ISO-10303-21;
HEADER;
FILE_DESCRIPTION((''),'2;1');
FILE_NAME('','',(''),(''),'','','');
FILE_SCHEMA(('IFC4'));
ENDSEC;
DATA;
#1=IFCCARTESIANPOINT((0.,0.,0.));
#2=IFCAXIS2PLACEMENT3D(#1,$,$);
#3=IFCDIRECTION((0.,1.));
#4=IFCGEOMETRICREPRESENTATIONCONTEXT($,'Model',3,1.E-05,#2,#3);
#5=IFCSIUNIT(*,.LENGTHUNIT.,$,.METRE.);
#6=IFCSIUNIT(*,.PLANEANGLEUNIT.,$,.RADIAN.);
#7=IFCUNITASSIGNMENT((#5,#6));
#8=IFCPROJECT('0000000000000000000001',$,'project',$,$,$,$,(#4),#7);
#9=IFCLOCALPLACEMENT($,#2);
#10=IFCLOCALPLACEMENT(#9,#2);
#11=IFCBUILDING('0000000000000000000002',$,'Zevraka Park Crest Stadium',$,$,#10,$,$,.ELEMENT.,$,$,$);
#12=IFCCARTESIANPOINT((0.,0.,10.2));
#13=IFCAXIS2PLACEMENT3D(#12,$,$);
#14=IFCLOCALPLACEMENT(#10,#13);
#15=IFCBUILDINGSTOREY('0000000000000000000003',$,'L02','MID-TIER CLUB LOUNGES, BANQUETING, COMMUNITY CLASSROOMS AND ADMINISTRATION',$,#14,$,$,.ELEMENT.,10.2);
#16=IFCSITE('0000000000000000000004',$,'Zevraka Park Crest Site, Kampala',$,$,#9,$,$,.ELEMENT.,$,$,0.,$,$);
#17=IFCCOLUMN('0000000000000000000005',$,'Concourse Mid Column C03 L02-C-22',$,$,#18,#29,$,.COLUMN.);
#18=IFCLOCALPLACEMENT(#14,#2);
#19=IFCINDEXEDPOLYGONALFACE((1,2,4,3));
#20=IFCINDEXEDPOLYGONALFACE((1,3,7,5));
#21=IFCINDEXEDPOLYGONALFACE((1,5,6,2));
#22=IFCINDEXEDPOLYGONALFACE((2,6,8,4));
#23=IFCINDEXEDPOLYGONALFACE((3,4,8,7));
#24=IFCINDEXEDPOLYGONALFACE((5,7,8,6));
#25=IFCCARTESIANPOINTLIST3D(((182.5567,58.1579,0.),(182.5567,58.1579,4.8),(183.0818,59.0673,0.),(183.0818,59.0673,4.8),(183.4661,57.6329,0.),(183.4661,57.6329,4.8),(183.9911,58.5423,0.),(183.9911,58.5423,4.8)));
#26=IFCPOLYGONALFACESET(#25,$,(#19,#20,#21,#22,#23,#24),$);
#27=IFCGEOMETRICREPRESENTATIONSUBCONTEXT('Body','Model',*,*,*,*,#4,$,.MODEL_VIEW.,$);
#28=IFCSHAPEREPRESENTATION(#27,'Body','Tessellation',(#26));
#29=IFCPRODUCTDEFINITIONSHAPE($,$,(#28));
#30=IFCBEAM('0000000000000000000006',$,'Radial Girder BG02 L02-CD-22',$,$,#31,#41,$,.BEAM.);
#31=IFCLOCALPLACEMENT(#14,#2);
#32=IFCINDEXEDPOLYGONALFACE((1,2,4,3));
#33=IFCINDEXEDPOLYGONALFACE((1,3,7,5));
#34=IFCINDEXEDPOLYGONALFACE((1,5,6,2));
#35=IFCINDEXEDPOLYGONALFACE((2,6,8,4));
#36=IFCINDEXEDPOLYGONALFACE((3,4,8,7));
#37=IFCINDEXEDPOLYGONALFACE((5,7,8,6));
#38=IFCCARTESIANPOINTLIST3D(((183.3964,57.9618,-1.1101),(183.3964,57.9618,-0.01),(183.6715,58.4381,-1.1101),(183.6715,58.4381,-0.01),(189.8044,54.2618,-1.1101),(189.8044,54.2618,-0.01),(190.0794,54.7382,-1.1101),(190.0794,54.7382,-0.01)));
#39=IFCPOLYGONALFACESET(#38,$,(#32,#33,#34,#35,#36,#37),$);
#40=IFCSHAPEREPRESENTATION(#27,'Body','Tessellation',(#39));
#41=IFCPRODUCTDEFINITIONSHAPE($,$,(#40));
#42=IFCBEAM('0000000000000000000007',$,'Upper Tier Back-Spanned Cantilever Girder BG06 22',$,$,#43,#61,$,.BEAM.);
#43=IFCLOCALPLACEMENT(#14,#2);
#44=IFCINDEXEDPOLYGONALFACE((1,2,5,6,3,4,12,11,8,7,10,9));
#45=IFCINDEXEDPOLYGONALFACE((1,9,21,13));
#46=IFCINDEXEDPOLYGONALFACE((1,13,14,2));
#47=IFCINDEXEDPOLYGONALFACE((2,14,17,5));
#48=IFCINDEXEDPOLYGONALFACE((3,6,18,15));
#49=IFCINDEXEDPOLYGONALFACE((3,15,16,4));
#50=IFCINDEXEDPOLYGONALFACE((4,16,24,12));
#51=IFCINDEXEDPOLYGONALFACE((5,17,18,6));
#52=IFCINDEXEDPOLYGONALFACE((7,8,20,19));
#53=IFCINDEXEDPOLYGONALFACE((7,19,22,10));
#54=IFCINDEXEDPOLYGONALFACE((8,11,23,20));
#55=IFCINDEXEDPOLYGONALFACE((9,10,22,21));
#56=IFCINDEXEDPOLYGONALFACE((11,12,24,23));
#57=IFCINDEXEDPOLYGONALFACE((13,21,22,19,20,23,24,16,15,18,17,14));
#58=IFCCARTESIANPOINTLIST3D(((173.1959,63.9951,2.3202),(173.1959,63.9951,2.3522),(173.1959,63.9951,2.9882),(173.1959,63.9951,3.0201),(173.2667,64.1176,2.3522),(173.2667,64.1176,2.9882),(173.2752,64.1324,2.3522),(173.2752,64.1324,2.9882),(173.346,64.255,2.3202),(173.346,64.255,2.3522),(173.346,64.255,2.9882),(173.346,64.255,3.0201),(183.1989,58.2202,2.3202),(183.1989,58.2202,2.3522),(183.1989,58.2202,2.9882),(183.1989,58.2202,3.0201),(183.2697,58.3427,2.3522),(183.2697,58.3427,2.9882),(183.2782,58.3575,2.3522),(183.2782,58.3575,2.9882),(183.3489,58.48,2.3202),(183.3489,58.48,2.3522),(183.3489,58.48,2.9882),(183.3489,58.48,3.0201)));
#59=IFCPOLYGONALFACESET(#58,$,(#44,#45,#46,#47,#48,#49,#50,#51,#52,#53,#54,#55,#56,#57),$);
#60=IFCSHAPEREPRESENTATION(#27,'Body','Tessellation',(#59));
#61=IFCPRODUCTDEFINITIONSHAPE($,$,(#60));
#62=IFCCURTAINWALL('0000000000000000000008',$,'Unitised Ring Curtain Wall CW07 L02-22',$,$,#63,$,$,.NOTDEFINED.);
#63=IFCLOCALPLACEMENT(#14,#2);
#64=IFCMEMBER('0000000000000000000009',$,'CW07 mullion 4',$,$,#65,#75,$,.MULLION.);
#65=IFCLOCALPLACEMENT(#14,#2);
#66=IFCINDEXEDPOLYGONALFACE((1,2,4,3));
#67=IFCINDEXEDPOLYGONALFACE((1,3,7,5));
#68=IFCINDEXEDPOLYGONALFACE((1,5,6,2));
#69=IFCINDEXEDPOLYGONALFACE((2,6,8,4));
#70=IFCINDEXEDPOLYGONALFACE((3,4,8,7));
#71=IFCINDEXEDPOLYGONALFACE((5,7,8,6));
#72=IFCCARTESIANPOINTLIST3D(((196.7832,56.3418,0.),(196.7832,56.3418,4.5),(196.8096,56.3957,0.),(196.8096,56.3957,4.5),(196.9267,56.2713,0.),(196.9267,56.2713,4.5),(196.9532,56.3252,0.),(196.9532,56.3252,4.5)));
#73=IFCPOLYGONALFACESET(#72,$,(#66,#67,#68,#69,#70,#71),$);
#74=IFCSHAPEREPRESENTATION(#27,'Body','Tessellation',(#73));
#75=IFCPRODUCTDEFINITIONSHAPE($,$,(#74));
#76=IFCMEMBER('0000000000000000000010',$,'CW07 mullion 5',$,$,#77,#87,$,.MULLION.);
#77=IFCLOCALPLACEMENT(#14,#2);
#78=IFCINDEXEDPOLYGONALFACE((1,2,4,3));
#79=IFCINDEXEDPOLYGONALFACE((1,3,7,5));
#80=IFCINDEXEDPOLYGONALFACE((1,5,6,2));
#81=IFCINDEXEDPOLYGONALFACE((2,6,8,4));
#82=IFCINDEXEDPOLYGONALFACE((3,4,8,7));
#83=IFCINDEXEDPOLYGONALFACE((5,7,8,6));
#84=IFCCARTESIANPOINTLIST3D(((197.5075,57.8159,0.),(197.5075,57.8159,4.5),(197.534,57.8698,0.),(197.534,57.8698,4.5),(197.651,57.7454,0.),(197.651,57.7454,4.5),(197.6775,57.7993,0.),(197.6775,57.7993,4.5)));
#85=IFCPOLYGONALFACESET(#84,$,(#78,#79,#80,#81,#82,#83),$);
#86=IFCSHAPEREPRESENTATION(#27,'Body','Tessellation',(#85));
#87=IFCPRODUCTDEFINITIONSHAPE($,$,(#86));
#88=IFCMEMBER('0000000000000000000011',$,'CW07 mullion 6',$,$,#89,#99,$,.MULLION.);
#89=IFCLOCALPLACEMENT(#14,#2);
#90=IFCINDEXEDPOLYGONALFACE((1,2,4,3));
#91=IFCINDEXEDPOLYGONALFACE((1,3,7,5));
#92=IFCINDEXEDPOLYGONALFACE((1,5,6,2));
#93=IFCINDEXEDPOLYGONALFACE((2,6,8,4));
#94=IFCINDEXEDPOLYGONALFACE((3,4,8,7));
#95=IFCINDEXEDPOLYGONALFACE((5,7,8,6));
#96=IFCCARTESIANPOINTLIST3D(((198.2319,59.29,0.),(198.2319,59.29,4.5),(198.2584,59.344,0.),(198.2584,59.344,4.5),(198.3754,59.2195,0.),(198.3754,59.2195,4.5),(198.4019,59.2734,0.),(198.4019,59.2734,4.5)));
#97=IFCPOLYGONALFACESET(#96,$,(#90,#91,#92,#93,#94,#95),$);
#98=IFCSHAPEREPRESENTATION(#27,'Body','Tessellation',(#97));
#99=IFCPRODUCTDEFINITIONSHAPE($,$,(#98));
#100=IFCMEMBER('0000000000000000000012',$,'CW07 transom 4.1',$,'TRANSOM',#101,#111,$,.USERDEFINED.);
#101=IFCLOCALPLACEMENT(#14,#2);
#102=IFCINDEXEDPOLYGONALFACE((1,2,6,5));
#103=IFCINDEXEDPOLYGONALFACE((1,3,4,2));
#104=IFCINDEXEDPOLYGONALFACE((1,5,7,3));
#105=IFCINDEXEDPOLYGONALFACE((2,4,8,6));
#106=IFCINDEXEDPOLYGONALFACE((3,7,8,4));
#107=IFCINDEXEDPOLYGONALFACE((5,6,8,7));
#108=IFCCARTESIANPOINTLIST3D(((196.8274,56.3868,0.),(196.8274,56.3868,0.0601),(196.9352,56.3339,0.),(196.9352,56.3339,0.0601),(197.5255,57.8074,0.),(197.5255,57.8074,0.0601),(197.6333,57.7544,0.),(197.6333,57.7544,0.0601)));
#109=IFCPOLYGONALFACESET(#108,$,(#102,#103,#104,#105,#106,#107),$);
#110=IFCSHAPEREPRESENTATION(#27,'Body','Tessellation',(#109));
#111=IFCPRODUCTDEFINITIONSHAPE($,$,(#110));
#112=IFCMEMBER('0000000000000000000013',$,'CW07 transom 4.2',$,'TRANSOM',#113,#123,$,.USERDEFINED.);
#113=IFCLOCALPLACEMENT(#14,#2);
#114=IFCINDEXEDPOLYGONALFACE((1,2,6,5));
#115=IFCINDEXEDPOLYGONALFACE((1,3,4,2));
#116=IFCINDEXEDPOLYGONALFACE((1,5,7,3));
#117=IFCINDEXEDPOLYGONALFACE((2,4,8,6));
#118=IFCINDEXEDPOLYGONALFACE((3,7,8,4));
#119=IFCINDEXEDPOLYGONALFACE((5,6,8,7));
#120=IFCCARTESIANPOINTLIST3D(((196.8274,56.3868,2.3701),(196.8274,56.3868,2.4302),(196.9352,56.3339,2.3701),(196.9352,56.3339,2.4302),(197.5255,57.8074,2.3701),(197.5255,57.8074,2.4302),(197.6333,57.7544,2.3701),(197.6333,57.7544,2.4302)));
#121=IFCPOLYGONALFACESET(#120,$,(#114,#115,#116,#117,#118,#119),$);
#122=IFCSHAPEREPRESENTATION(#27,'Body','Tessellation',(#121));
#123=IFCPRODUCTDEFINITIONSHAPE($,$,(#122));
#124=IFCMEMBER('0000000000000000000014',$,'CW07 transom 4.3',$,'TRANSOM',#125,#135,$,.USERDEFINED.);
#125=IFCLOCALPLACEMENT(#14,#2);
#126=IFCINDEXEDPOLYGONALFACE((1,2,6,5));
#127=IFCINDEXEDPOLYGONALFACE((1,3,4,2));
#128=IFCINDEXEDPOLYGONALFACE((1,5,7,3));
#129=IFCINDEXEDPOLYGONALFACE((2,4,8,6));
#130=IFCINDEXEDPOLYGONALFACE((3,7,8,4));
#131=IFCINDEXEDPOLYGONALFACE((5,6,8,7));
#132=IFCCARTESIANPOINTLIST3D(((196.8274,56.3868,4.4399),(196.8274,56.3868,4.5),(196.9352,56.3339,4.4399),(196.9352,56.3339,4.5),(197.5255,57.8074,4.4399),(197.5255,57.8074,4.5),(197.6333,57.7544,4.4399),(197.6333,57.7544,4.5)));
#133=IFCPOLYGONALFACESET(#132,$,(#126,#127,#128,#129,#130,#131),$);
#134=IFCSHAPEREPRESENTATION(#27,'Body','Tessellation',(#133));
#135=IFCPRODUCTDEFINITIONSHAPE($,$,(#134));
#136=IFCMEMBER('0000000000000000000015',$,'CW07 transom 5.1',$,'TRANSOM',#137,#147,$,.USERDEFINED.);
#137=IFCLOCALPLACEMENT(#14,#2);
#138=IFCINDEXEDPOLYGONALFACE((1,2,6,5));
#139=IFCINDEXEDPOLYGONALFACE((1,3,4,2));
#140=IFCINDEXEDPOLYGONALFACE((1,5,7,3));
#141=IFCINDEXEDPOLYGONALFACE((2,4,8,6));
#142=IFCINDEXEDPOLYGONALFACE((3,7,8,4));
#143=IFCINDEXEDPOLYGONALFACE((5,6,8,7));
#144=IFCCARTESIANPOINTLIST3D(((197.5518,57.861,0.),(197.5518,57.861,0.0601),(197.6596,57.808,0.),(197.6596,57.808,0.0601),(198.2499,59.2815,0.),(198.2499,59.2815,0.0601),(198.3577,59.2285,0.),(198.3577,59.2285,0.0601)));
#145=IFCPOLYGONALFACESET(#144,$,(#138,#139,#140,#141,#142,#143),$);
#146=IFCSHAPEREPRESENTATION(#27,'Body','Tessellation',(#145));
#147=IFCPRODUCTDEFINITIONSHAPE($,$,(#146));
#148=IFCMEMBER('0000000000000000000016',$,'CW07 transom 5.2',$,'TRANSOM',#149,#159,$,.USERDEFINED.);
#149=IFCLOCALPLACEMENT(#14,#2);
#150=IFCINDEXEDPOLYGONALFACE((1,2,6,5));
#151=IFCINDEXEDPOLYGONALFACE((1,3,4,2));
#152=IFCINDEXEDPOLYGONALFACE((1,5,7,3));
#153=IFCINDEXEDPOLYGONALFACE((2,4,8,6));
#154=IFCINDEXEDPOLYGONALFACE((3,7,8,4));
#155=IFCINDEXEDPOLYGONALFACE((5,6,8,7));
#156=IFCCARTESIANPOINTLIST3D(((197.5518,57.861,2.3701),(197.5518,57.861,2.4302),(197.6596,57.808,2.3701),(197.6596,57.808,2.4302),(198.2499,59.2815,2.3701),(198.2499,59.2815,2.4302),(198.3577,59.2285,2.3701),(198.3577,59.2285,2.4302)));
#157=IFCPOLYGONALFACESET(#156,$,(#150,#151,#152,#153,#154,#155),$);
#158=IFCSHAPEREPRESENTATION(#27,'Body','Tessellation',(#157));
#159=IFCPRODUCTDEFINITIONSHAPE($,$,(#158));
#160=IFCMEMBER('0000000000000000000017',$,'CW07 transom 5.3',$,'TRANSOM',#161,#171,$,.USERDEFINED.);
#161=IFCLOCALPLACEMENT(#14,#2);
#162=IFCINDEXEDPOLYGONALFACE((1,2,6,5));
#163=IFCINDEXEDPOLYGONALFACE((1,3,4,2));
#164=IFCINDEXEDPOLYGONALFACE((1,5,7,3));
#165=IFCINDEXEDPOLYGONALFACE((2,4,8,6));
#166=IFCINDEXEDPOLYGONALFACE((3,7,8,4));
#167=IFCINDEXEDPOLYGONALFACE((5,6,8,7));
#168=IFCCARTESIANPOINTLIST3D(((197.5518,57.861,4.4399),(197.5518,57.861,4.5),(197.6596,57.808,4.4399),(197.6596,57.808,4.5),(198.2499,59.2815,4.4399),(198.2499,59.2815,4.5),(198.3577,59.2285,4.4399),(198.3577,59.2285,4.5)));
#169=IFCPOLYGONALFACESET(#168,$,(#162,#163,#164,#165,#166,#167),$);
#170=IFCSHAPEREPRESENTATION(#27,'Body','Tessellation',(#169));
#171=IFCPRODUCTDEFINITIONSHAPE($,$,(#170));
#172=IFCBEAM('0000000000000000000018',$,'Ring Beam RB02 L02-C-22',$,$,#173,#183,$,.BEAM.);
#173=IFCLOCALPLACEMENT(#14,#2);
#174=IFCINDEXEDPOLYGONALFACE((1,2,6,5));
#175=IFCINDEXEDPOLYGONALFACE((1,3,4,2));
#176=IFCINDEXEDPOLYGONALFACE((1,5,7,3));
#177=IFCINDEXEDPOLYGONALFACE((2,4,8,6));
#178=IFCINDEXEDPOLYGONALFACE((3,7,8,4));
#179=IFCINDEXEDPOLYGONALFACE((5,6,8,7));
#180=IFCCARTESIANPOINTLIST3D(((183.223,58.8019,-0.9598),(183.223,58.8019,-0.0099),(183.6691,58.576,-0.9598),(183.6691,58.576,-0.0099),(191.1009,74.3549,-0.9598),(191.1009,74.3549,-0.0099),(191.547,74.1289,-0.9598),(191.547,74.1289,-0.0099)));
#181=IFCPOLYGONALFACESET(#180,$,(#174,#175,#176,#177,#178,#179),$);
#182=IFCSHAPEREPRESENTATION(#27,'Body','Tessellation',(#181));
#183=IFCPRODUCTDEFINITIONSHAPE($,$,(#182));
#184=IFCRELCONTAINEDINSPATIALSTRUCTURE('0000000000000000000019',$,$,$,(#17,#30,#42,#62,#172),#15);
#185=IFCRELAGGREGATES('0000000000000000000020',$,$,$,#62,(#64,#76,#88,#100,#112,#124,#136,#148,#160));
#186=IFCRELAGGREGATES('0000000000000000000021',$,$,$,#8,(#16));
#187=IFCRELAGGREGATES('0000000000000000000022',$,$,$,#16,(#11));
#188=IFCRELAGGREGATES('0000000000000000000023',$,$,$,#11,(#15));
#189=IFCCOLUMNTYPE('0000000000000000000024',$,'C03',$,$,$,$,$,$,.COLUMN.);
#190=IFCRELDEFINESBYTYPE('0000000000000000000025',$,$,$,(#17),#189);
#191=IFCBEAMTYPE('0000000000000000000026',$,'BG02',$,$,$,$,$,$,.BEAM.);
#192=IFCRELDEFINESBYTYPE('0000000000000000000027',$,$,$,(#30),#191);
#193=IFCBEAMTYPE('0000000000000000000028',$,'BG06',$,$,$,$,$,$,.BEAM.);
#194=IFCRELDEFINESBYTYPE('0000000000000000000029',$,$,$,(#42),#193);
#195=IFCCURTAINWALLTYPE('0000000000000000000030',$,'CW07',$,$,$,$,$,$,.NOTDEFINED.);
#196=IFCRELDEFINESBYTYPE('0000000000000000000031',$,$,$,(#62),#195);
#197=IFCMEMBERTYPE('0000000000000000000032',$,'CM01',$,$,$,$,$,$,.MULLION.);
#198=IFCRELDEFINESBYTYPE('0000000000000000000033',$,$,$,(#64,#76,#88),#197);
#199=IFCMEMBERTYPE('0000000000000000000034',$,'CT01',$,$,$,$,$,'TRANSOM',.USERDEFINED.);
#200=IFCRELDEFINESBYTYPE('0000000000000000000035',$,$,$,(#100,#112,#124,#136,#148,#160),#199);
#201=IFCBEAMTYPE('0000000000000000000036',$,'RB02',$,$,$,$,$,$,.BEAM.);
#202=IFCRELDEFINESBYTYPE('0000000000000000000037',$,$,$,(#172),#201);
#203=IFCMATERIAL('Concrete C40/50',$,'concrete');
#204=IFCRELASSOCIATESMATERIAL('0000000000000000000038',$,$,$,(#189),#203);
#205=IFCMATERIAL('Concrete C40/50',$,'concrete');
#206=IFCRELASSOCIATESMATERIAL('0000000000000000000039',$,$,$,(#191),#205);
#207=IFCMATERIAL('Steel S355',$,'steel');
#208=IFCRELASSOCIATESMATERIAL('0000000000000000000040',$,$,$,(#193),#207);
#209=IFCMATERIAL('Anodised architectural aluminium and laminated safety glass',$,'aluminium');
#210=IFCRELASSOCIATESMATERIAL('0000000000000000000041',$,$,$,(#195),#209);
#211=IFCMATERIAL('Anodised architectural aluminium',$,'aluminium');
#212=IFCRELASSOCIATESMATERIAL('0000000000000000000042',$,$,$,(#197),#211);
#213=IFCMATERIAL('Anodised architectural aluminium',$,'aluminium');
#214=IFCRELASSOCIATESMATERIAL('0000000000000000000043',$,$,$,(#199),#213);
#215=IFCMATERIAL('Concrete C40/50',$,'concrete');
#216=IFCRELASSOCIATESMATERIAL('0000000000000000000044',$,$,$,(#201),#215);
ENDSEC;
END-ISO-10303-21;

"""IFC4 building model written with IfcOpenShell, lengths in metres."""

from ifc_helpers import new_model, si_unit, direction, frame, origin, origin_2d, place, context, subcontext, project, spatial, rectangle, i_section, extrude, material, material_profile, profile_set, type_object, element, aggregate, save


model = new_model("IFC4")

# Units and contexts
model_context = context("Model", 3, precision=1e-05, world=origin(), true_north=direction((0.0, 1.0)))
body_context = subcontext(model_context, "Body", "Model", "MODEL_VIEW")
ifc_project = project(units=[si_unit("LENGTHUNIT", "METRE"), si_unit("PLANEANGLEUNIT", "RADIAN")], contexts=[model_context])

# Site, building, storey
site_placement = place(None, origin())
site = spatial("IfcSite", under=ifc_project, at=site_placement, Name="Zevraka Park Crest Site, Kampala", CompositionType="ELEMENT", RefElevation=0.0)
building_placement = place(site_placement, origin())
building = spatial("IfcBuilding", under=site, at=building_placement, Name="Zevraka Park Crest Stadium", CompositionType="ELEMENT")
storey_placement = place(building_placement, frame((0.0, 0.0, 10.2)))
storey = spatial("IfcBuildingStorey", under=building, at=storey_placement, Name="L02", Description="MID-TIER CLUB LOUNGES, BANQUETING, COMMUNITY CLASSROOMS AND ADMINISTRATION", CompositionType="ELEMENT", Elevation=10.2)

# Column
ifc_material_1 = material(Name="Concrete C40/50", Category="concrete")
ifc_material_profile_1 = material_profile(ifc_material_1, rectangle(XDim=1.05, YDim=1.05, at=origin_2d()), Name="RC 1050x1050")
ifc_profile_set_1 = profile_set([ifc_material_profile_1], Name="Concrete C40/50")
column_type = type_object("IfcColumnType", Name="C03", PredefinedType="COLUMN", material=ifc_profile_set_1)
column_placement = place(storey_placement, frame((183.2739, 58.3501, 0.0), z_axis=(0.0, 0.0, 1.0), x_axis=(-0.866025, 0.5, 0.0)))
element("IfcColumn", 1, at=column_placement, inside=storey, type_object=column_type, Name="Concourse Mid Column C03 L02-C-22", PredefinedType="COLUMN", context=body_context, shape_type="SweptSolid", body=[
    extrude(rectangle(XDim=1.05, YDim=1.05, at=origin_2d()), origin(), (0.0, 0.0, 1.0), 4.8),
])

# Beams
ifc_material_2 = material(Name="Concrete C40/50", Category="concrete")
ifc_material_profile_2 = material_profile(ifc_material_2, rectangle(XDim=0.55, YDim=1.1001, at=origin_2d()), Name="RC 1100x550")
ifc_profile_set_2 = profile_set([ifc_material_profile_2], Name="Concrete C40/50")
beam_type_1 = type_object("IfcBeamType", Name="BG02", PredefinedType="BEAM", material=ifc_profile_set_2)
beam_1_placement = place(storey_placement, frame((183.5339, 58.2, -0.5601), z_axis=(0.866007, -0.500032, 0.0), x_axis=(0.500032, 0.866007, 0.0)))
element("IfcBeam", 2, at=beam_1_placement, inside=storey, type_object=beam_type_1, Name="Radial Girder BG02 L02-CD-22", PredefinedType="BEAM", context=body_context, shape_type="SweptSolid", body=[
    extrude(rectangle(XDim=0.55, YDim=1.1001, at=origin_2d()), origin(), (0.0, 0.0, 1.0), 7.3994),
])
ifc_material_3 = material(Name="Steel S355", Category="steel")
ifc_material_profile_3 = material_profile(ifc_material_3, i_section(OverallWidth=0.3, OverallDepth=0.7, WebThickness=0.0171, FlangeThickness=0.032, at=origin_2d()), Name="HEB 700")
ifc_profile_set_3 = profile_set([ifc_material_profile_3], Name="Steel S355")
beam_type_2 = type_object("IfcBeamType", Name="BG06", PredefinedType="BEAM", material=ifc_profile_set_3)
beam_2_placement = place(storey_placement, frame((183.2739, 58.3501, 2.6702), z_axis=(-0.866036, 0.499981, 0.0), x_axis=(-0.499981, -0.866036, 0.0)))
element("IfcBeam", 3, at=beam_2_placement, inside=storey, type_object=beam_type_2, Name="Upper Tier Back-Spanned Cantilever Girder BG06 22", PredefinedType="BEAM", context=body_context, shape_type="SweptSolid", body=[
    extrude(i_section(OverallWidth=0.3, OverallDepth=0.7, WebThickness=0.0171, FlangeThickness=0.032, at=origin_2d()), origin(), (0.0, 0.0, 1.0), 11.5503),
])

# Curtain wall, members
ifc_material_4 = material(Name="Anodised architectural aluminium and laminated safety glass", Category="aluminium")
curtain_wall_type = type_object("IfcCurtainWallType", Name="CW07", PredefinedType="NOTDEFINED", material=ifc_material_4)
curtain_wall_placement = place(storey_placement, origin())
curtain_wall = element("IfcCurtainWall", 4, at=curtain_wall_placement, inside=storey, type_object=curtain_wall_type, Name="Unitised Ring Curtain Wall CW07 L02-22", PredefinedType="NOTDEFINED")
ifc_material_5 = material(Name="Anodised architectural aluminium", Category="aluminium")
ifc_material_profile_4 = material_profile(ifc_material_5, rectangle(XDim=0.1599, YDim=0.0601, at=origin_2d()), Name="ALU MULLION 160x60")
ifc_profile_set_4 = profile_set([ifc_material_profile_4], Name="Anodised architectural aluminium")
member_type_1 = type_object("IfcMemberType", Name="CM01", PredefinedType="MULLION", material=ifc_profile_set_4)
member_1_placement = place(storey_placement, frame((196.8682, 56.3335, 0.0), z_axis=(0.0, 0.0, 1.0), x_axis=(-0.897497, 0.441021, 0.0)))
member_1 = element("IfcMember", 5, at=member_1_placement, type_object=member_type_1, Name="CW07 mullion 4", PredefinedType="MULLION", context=body_context, shape_type="SweptSolid", body=[
    extrude(rectangle(XDim=0.1599, YDim=0.0601, at=origin_2d()), origin(), (0.0, 0.0, 1.0), 4.5),
])
member_2_placement = place(storey_placement, frame((197.5925, 57.8076, 0.0), z_axis=(0.0, 0.0, 1.0), x_axis=(-0.897497, 0.441021, 0.0)))
member_2 = element("IfcMember", 6, at=member_2_placement, type_object=member_type_1, Name="CW07 mullion 5", PredefinedType="MULLION", context=body_context, shape_type="SweptSolid", body=[
    extrude(rectangle(XDim=0.1599, YDim=0.0601, at=origin_2d()), origin(), (0.0, 0.0, 1.0), 4.5),
])
member_3_placement = place(storey_placement, frame((198.3169, 59.2817, 0.0), z_axis=(0.0, 0.0, 1.0), x_axis=(-0.897497, 0.441021, 0.0)))
member_3 = element("IfcMember", 7, at=member_3_placement, type_object=member_type_1, Name="CW07 mullion 6", PredefinedType="MULLION", context=body_context, shape_type="SweptSolid", body=[
    extrude(rectangle(XDim=0.1599, YDim=0.0601, at=origin_2d()), origin(), (0.0, 0.0, 1.0), 4.5),
])
ifc_material_6 = material(Name="Anodised architectural aluminium", Category="aluminium")
ifc_material_profile_5 = material_profile(ifc_material_6, rectangle(XDim=0.1201, YDim=0.0601, at=origin_2d()), Name="ALU TRANSOM 120x60")
ifc_profile_set_5 = profile_set([ifc_material_profile_5], Name="Anodised architectural aluminium")
member_type_2 = type_object("IfcMemberType", Name="CT01", ElementType="TRANSOM", PredefinedType="USERDEFINED", material=ifc_profile_set_5)
member_4_placement = place(storey_placement, frame((196.8813, 56.3604, 0.03), z_axis=(0.441033, 0.897491, 0.0), x_axis=(-0.897491, 0.441033, 0.0)))
member_4 = element("IfcMember", 8, at=member_4_placement, type_object=member_type_2, Name="CW07 transom 4.1", ObjectType="TRANSOM", PredefinedType="USERDEFINED", context=body_context, shape_type="SweptSolid", body=[
    extrude(rectangle(XDim=0.1201, YDim=0.0601, at=origin_2d()), origin(), (0.0, 0.0, 1.0), 1.5828),
])
member_5_placement = place(storey_placement, frame((196.8813, 56.3604, 2.4001), z_axis=(0.441033, 0.897491, 0.0), x_axis=(-0.897491, 0.441033, 0.0)))
member_5 = element("IfcMember", 9, at=member_5_placement, type_object=member_type_2, Name="CW07 transom 4.2", ObjectType="TRANSOM", PredefinedType="USERDEFINED", context=body_context, shape_type="SweptSolid", body=[
    extrude(rectangle(XDim=0.1201, YDim=0.0601, at=origin_2d()), origin(), (0.0, 0.0, 1.0), 1.5828),
])
member_6_placement = place(storey_placement, frame((196.8813, 56.3604, 4.47), z_axis=(0.441033, 0.897491, 0.0), x_axis=(-0.897491, 0.441033, 0.0)))
member_6 = element("IfcMember", 10, at=member_6_placement, type_object=member_type_2, Name="CW07 transom 4.3", ObjectType="TRANSOM", PredefinedType="USERDEFINED", context=body_context, shape_type="SweptSolid", body=[
    extrude(rectangle(XDim=0.1201, YDim=0.0601, at=origin_2d()), origin(), (0.0, 0.0, 1.0), 1.5828),
])
member_7_placement = place(storey_placement, frame((197.6057, 57.8345, 0.03), z_axis=(0.441033, 0.897491, 0.0), x_axis=(-0.897491, 0.441033, 0.0)))
member_7 = element("IfcMember", 11, at=member_7_placement, type_object=member_type_2, Name="CW07 transom 5.1", ObjectType="TRANSOM", PredefinedType="USERDEFINED", context=body_context, shape_type="SweptSolid", body=[
    extrude(rectangle(XDim=0.1201, YDim=0.0601, at=origin_2d()), origin(), (0.0, 0.0, 1.0), 1.5828),
])
member_8_placement = place(storey_placement, frame((197.6057, 57.8345, 2.4001), z_axis=(0.441033, 0.897491, 0.0), x_axis=(-0.897491, 0.441033, 0.0)))
member_8 = element("IfcMember", 12, at=member_8_placement, type_object=member_type_2, Name="CW07 transom 5.2", ObjectType="TRANSOM", PredefinedType="USERDEFINED", context=body_context, shape_type="SweptSolid", body=[
    extrude(rectangle(XDim=0.1201, YDim=0.0601, at=origin_2d()), origin(), (0.0, 0.0, 1.0), 1.5828),
])
member_9_placement = place(storey_placement, frame((197.6057, 57.8345, 4.47), z_axis=(0.441033, 0.897491, 0.0), x_axis=(-0.897491, 0.441033, 0.0)))
member_9 = element("IfcMember", 13, at=member_9_placement, type_object=member_type_2, Name="CW07 transom 5.3", ObjectType="TRANSOM", PredefinedType="USERDEFINED", context=body_context, shape_type="SweptSolid", body=[
    extrude(rectangle(XDim=0.1201, YDim=0.0601, at=origin_2d()), origin(), (0.0, 0.0, 1.0), 1.5828),
])

# Beam
ifc_material_7 = material(Name="Concrete C40/50", Category="concrete")
ifc_material_profile_6 = material_profile(ifc_material_7, rectangle(XDim=0.5, YDim=0.95, at=origin_2d()), Name="RC 950x500")
ifc_profile_set_6 = profile_set([ifc_material_profile_6], Name="Concrete C40/50")
beam_type_3 = type_object("IfcBeamType", Name="RB02", PredefinedType="BEAM", material=ifc_profile_set_6)
beam_3_placement = place(storey_placement, frame((183.446, 58.689, -0.4849), z_axis=(0.451862, 0.892088, 0.0), x_axis=(-0.892088, 0.451862, 0.0)))
element("IfcBeam", 14, at=beam_3_placement, inside=storey, type_object=beam_type_3, Name="Ring Beam RB02 L02-C-22", PredefinedType="BEAM", context=body_context, shape_type="SweptSolid", body=[
    extrude(rectangle(XDim=0.5, YDim=0.95, at=origin_2d()), origin(), (0.0, 0.0, 1.0), 17.4343),
])

aggregate(curtain_wall, [member_1, member_2, member_3, member_4, member_5, member_6, member_7, member_8, member_9])

save(model, "model.ifc")
